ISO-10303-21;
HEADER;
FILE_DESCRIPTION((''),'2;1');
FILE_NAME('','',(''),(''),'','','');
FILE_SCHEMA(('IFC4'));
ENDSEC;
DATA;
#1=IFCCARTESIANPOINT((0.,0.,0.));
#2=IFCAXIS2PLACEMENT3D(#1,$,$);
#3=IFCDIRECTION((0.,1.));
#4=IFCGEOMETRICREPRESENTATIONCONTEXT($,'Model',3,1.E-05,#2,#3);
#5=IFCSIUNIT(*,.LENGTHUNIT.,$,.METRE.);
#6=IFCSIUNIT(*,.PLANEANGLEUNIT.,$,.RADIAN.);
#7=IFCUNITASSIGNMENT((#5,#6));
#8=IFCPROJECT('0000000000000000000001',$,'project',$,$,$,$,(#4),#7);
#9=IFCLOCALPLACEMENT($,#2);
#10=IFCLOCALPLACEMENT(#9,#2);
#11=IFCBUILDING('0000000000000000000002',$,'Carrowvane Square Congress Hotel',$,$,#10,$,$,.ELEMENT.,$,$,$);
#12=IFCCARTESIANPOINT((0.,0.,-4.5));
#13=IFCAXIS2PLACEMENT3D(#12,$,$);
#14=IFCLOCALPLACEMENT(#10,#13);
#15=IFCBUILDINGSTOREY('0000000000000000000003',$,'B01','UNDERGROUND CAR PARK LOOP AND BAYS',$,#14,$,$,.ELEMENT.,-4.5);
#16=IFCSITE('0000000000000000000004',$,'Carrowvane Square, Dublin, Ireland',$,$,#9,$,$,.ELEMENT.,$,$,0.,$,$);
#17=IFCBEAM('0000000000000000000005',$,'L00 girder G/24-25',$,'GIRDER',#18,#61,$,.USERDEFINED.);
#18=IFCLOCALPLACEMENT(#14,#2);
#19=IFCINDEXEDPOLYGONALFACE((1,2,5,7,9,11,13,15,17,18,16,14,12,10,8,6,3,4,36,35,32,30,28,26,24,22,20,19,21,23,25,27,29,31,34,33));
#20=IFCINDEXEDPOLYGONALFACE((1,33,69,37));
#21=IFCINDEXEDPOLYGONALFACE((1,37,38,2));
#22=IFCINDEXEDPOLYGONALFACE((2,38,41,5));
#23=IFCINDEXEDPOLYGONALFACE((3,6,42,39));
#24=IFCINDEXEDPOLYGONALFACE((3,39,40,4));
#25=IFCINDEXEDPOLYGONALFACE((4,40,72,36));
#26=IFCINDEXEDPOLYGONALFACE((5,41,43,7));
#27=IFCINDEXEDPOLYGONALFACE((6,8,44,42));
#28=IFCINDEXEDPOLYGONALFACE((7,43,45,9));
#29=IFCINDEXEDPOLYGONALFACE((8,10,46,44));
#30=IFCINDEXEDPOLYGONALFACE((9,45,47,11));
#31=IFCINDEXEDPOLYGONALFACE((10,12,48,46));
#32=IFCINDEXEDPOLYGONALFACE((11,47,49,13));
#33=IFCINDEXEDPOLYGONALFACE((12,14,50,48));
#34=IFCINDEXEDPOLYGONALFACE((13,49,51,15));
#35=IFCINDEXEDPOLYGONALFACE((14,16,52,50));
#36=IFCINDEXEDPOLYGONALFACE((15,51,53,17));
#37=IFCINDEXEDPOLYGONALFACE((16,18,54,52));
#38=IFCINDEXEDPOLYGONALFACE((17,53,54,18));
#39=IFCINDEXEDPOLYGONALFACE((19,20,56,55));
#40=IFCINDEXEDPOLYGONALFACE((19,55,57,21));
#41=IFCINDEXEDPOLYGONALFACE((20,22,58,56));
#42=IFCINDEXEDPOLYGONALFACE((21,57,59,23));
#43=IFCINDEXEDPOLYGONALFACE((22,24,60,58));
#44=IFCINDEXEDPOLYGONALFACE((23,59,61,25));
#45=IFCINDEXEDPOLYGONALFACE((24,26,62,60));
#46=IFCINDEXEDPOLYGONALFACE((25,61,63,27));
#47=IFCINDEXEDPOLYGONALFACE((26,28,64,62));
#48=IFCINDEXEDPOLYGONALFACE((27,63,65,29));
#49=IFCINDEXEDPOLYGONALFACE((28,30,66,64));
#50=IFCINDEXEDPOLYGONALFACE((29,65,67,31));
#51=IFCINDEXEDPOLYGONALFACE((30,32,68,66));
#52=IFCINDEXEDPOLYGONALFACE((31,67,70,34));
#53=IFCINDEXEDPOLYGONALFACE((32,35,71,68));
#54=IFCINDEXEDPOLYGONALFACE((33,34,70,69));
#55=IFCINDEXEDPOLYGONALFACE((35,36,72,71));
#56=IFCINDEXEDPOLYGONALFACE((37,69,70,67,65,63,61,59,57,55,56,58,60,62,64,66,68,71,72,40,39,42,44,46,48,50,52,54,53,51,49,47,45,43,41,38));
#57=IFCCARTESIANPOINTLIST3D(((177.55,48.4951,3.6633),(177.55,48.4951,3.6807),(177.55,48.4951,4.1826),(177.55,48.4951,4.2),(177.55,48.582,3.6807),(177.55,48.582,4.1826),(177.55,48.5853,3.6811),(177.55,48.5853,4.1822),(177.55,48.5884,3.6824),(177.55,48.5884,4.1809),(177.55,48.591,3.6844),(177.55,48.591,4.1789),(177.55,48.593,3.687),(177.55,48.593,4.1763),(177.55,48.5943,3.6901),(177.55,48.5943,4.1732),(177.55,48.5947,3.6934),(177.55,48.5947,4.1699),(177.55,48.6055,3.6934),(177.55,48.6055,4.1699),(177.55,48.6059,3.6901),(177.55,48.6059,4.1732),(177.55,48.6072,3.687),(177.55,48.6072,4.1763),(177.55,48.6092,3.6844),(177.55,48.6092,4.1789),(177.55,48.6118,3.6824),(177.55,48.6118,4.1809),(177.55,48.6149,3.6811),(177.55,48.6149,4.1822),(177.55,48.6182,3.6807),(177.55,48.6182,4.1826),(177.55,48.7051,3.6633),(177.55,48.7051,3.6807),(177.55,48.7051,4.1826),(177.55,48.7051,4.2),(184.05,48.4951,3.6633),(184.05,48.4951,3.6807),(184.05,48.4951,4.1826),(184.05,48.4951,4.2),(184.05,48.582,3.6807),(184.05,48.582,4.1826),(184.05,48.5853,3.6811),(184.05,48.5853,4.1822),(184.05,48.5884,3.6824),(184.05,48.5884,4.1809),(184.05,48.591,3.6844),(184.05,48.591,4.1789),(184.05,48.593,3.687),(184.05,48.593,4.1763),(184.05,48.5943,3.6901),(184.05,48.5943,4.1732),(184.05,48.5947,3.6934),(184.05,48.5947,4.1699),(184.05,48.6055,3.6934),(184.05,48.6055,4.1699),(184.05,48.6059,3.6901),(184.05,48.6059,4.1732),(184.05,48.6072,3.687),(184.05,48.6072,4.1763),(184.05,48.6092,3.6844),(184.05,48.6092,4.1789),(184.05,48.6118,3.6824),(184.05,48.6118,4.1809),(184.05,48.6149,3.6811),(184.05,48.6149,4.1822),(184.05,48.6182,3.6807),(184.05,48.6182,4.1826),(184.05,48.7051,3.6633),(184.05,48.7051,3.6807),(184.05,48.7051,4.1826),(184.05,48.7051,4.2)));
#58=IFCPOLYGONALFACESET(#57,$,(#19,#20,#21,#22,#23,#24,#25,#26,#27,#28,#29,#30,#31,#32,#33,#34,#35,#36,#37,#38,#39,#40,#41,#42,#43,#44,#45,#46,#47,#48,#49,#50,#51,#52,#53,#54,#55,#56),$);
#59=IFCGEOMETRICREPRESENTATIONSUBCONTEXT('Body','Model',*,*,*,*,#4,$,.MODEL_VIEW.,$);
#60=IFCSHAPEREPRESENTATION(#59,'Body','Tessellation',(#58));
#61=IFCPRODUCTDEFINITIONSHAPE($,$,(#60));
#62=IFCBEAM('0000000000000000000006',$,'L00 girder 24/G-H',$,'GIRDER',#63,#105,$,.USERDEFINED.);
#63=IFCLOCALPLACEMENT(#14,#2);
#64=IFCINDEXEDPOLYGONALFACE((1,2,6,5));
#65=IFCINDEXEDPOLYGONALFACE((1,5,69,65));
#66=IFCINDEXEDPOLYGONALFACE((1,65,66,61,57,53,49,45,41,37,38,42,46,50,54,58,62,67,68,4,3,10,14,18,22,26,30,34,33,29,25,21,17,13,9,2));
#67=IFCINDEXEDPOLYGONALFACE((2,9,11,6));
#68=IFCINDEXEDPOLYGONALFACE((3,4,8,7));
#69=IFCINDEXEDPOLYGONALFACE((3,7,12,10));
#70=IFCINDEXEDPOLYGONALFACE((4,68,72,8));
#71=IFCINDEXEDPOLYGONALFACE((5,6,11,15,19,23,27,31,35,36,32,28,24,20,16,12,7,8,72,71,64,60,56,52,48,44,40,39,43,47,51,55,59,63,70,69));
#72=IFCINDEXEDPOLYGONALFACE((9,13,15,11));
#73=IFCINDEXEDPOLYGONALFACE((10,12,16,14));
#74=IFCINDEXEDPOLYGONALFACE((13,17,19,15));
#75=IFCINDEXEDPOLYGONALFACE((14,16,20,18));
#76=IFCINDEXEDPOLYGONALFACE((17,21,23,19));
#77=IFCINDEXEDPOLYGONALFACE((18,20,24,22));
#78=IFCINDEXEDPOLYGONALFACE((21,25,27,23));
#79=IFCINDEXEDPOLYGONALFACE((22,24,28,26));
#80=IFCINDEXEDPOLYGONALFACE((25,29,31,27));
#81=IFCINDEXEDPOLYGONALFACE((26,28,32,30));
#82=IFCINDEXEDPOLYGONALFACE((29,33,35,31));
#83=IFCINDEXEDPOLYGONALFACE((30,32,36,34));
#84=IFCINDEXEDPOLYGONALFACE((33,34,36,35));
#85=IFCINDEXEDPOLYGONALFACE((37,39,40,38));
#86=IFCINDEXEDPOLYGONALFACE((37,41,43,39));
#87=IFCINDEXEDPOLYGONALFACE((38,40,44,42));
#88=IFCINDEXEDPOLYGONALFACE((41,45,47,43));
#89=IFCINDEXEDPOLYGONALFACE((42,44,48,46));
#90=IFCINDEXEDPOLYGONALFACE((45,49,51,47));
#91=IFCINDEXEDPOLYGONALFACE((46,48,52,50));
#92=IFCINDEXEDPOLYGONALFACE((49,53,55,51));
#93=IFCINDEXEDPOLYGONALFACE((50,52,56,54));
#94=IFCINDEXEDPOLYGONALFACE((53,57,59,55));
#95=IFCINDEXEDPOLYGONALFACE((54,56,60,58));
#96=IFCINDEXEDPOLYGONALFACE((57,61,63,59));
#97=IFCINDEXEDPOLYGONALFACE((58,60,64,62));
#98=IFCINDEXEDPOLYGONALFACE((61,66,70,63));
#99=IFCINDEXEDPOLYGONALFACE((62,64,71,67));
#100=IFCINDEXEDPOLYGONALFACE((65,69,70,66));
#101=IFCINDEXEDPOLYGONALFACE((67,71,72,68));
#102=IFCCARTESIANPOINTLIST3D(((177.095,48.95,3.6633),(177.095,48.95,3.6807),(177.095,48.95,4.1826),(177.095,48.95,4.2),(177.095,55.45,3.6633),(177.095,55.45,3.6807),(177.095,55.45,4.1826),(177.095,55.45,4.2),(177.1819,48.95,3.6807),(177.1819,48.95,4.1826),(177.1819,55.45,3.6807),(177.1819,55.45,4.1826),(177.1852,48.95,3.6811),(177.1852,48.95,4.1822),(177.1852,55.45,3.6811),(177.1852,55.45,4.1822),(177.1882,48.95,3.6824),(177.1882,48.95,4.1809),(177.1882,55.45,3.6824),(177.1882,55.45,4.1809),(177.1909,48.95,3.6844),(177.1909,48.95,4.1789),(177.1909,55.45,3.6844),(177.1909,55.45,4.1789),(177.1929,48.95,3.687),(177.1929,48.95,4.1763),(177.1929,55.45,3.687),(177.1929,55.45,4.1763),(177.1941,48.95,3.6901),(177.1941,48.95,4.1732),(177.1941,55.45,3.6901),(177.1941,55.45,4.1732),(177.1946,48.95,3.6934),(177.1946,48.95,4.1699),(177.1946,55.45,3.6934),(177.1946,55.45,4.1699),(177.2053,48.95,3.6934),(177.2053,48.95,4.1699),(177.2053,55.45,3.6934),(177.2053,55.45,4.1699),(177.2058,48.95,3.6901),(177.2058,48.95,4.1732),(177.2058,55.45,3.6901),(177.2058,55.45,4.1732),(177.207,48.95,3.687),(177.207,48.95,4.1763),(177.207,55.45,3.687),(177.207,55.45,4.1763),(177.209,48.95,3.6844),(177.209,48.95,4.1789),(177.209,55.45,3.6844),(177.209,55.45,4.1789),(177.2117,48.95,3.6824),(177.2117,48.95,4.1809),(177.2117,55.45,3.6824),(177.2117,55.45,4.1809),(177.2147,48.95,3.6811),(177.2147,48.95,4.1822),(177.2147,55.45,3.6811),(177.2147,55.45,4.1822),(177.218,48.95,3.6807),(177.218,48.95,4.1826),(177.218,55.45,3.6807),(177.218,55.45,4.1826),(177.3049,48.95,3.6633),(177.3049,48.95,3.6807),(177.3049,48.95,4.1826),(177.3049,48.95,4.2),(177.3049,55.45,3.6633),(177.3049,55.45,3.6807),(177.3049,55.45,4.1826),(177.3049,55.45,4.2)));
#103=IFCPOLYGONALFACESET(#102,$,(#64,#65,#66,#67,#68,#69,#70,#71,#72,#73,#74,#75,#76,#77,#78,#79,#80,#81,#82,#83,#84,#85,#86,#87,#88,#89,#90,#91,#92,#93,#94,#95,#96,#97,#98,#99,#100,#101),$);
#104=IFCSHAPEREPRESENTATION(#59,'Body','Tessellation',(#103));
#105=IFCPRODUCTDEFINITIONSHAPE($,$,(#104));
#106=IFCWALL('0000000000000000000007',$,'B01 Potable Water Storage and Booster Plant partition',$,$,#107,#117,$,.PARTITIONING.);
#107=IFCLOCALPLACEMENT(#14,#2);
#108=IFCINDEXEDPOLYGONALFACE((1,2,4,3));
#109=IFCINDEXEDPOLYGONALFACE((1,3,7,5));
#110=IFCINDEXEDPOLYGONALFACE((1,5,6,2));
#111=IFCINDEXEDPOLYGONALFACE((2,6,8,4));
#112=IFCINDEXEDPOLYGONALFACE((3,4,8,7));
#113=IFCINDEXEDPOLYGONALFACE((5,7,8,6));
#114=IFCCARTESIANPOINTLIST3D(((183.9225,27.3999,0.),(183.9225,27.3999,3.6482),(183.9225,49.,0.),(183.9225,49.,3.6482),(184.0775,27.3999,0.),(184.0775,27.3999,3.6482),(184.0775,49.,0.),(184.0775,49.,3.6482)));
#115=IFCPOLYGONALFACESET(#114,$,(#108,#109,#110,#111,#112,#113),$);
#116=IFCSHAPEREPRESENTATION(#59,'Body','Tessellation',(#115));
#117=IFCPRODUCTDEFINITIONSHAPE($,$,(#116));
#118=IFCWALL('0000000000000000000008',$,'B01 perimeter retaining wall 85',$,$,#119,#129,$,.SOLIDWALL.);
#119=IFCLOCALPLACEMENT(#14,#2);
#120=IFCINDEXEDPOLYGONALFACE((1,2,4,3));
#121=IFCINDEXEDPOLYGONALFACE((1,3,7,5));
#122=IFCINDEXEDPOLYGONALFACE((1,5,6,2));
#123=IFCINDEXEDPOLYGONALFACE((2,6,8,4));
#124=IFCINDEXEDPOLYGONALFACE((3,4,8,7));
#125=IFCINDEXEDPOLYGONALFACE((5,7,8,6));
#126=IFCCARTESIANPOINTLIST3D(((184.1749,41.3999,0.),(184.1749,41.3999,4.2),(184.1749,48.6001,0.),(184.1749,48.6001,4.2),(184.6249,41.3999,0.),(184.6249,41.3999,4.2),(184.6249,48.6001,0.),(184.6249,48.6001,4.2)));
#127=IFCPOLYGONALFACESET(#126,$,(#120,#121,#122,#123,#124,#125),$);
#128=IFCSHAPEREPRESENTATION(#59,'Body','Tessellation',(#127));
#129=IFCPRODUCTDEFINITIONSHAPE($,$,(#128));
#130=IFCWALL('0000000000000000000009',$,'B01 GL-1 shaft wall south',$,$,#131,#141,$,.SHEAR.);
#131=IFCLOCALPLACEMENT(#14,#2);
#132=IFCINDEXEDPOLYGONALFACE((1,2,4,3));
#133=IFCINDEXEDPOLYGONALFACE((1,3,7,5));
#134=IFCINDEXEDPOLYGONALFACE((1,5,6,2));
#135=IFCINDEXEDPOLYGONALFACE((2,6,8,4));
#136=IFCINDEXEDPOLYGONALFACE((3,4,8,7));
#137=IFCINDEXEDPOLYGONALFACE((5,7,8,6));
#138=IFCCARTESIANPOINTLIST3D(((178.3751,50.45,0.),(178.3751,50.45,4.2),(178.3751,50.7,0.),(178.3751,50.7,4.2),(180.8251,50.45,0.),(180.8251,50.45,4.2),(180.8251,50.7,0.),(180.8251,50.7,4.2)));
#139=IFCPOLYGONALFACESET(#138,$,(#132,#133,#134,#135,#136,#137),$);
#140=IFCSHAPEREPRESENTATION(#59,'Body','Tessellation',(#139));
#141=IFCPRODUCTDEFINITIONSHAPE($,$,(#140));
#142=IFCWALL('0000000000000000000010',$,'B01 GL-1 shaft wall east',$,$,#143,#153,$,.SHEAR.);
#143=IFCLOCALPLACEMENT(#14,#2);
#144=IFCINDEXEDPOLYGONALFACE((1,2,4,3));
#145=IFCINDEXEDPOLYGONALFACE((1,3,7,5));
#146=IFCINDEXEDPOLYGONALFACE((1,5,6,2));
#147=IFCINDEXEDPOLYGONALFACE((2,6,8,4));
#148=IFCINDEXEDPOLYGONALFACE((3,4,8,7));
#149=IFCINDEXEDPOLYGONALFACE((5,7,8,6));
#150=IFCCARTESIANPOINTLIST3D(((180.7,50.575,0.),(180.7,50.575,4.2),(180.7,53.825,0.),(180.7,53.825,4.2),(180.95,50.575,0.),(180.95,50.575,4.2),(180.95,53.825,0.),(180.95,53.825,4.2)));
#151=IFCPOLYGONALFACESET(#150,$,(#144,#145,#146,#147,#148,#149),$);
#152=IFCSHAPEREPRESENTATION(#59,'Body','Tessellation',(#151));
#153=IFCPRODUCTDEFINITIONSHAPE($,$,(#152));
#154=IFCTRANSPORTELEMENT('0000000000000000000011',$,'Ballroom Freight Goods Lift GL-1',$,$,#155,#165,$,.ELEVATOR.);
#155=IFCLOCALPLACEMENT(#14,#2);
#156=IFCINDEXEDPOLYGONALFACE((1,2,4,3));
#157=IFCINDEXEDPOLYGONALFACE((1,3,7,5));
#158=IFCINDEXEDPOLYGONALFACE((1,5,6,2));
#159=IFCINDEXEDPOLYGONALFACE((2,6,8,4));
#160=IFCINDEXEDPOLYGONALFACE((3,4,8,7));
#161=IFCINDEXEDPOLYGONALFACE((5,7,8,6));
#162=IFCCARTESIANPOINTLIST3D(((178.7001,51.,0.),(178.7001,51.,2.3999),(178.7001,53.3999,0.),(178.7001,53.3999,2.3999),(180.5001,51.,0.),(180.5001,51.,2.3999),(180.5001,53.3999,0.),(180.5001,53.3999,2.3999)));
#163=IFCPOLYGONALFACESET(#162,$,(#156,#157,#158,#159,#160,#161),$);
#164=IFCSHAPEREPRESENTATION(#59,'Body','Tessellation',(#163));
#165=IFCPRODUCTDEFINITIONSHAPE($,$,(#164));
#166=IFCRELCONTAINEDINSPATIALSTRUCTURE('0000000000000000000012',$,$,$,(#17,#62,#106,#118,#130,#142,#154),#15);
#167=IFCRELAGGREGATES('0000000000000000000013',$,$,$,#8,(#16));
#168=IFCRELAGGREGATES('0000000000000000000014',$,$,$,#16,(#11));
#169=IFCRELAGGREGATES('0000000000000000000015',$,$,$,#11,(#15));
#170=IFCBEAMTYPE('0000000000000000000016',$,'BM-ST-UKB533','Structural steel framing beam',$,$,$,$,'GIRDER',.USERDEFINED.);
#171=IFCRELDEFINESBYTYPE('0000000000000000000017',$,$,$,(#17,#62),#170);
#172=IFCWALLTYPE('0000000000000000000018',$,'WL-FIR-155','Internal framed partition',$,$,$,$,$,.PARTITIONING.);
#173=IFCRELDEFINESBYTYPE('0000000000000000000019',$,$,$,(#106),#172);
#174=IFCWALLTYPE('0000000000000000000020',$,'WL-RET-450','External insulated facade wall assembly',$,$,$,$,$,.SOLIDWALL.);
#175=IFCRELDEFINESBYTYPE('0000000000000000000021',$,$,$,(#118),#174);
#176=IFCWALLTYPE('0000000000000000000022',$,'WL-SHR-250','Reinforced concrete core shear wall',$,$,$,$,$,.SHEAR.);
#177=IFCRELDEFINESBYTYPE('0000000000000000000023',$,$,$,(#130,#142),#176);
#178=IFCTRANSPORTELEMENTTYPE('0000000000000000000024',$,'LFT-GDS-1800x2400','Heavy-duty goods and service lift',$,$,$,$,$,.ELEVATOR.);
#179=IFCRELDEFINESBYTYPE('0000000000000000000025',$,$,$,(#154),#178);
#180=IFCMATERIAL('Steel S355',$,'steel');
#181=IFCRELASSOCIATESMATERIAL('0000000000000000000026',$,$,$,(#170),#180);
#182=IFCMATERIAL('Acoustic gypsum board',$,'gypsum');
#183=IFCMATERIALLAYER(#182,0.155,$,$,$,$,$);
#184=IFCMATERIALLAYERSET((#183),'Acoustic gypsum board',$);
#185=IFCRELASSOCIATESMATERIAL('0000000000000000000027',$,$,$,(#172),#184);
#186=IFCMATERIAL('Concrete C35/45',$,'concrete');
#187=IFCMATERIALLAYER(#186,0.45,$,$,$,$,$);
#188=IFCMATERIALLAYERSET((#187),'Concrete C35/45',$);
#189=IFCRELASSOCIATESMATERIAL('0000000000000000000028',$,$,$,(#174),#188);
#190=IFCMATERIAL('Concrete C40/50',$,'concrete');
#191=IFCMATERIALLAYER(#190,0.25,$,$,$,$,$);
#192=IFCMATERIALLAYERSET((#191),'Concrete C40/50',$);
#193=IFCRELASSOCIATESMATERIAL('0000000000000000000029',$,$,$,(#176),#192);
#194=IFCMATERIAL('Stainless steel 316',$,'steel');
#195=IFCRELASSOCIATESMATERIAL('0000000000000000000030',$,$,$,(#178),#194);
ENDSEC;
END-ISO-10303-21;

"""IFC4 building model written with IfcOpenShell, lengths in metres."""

from ifc_helpers import new_model, si_unit, direction, frame, frame_2d, origin, origin_2d, place, context, subcontext, project, spatial, rectangle, i_section, extrude, material, layer, layer_set, material_profile, profile_set, type_object, element, save


model = new_model("IFC4")

# Units and contexts
model_context = context("Model", 3, precision=1e-05, world=origin(), true_north=direction((0.0, 1.0)))
body_context = subcontext(model_context, "Body", "Model", "MODEL_VIEW")
ifc_project = project(units=[si_unit("LENGTHUNIT", "METRE"), si_unit("PLANEANGLEUNIT", "RADIAN")], contexts=[model_context])

# Site, building, storey
site_placement = place(None, origin())
site = spatial("IfcSite", under=ifc_project, at=site_placement, Name="Carrowvane Square, Dublin, Ireland", CompositionType="ELEMENT", RefElevation=0.0)
building_placement = place(site_placement, origin())
building = spatial("IfcBuilding", under=site, at=building_placement, Name="Carrowvane Square Congress Hotel", CompositionType="ELEMENT")
storey_placement = place(building_placement, frame((0.0, 0.0, -4.5)))
storey = spatial("IfcBuildingStorey", under=building, at=storey_placement, Name="B01", Description="UNDERGROUND CAR PARK LOOP AND BAYS", CompositionType="ELEMENT", Elevation=-4.5)

# Beams
ifc_material_1 = material(Name="Steel S355", Category="steel")
ifc_material_profile_1 = material_profile(ifc_material_1, i_section(OverallWidth=0.21, OverallDepth=0.5366, WebThickness=0.0107, FlangeThickness=0.0173, FilletRadius=0.0127, at=origin_2d()), Name="UKB 533x210x101")
ifc_profile_set_1 = profile_set([ifc_material_profile_1], Name="Steel S355")
beam_type_1 = type_object("IfcBeamType", Name="BM-ST-UKB533", Description="Structural steel framing beam", ElementType="GIRDER", PredefinedType="USERDEFINED", material=ifc_profile_set_1)
for number, where, z_axis, x_axis, name in (
    (1, (177.55, 48.6001, 3.9316), (1.0, 0.0, 0.0), (0.0, 1.0, 0.0), "L00 girder G/24-25"),
    (2, (177.2, 48.95, 3.9316), (0.0, 1.0, 0.0), (-1.0, 0.0, 0.0), "L00 girder 24/G-H"),
):
    element("IfcBeam", number, at=place(storey_placement, frame(where, z_axis=z_axis, x_axis=x_axis)), inside=storey, type_object=beam_type_1, Name=name, ObjectType="GIRDER", PredefinedType="USERDEFINED", context=body_context, shape_type="SweptSolid", body=[
        extrude(i_section(OverallWidth=0.21, OverallDepth=0.5366, WebThickness=0.0107, FlangeThickness=0.0173, FilletRadius=0.0127, at=origin_2d()), origin(), (0.0, 0.0, 1.0), 6.5),
    ])

# Walls
ifc_material_2 = material(Name="Acoustic gypsum board", Category="gypsum")
ifc_layer_1 = layer(ifc_material_2, 0.155)
ifc_layer_set_1 = layer_set([ifc_layer_1], Name="Acoustic gypsum board")
wall_type_1 = type_object("IfcWallType", Name="WL-FIR-155", Description="Internal framed partition", PredefinedType="PARTITIONING", material=ifc_layer_set_1)
wall_1_placement = place(storey_placement, frame((184.0, 49.0, 0.0), z_axis=(0.0, 0.0, 1.0), x_axis=(0.0, -1.0, 0.0)))
element("IfcWall", 3, at=wall_1_placement, inside=storey, type_object=wall_type_1, Name="B01 Potable Water Storage and Booster Plant partition", PredefinedType="PARTITIONING", context=body_context, shape_type="SweptSolid", body=[
    extrude(rectangle(XDim=21.6001, YDim=0.155, at=frame_2d((10.8, 0.0))), origin(), (0.0, 0.0, 1.0), 3.6482),
])
ifc_material_3 = material(Name="Concrete C35/45", Category="concrete")
ifc_layer_2 = layer(ifc_material_3, 0.45)
ifc_layer_set_2 = layer_set([ifc_layer_2], Name="Concrete C35/45")
wall_type_2 = type_object("IfcWallType", Name="WL-RET-450", Description="External insulated facade wall assembly", PredefinedType="SOLIDWALL", material=ifc_layer_set_2)
wall_2_placement = place(storey_placement, frame((184.3999, 48.6001, 0.0), z_axis=(0.0, 0.0, 1.0), x_axis=(0.0, -1.0, 0.0)))
element("IfcWall", 4, at=wall_2_placement, inside=storey, type_object=wall_type_2, Name="B01 perimeter retaining wall 85", PredefinedType="SOLIDWALL", context=body_context, shape_type="SweptSolid", body=[
    extrude(rectangle(XDim=7.2002, YDim=0.45, at=frame_2d((3.6001, 0.0))), origin(), (0.0, 0.0, 1.0), 4.2),
])
ifc_material_4 = material(Name="Concrete C40/50", Category="concrete")
ifc_layer_3 = layer(ifc_material_4, 0.25)
ifc_layer_set_3 = layer_set([ifc_layer_3], Name="Concrete C40/50")
wall_type_3 = type_object("IfcWallType", Name="WL-SHR-250", Description="Reinforced concrete core shear wall", PredefinedType="SHEAR", material=ifc_layer_set_3)
wall_3_placement = place(storey_placement, frame((178.375, 50.575, 0.0), z_axis=(0.0, 0.0, 1.0), x_axis=(1.0, 0.0, 0.0)))
element("IfcWall", 5, at=wall_3_placement, inside=storey, type_object=wall_type_3, Name="B01 GL-1 shaft wall south", PredefinedType="SHEAR", context=body_context, shape_type="SweptSolid", body=[
    extrude(rectangle(XDim=2.45, YDim=0.25, at=frame_2d((1.2251, 0.0))), origin(), (0.0, 0.0, 1.0), 4.2),
])
wall_4_placement = place(storey_placement, frame((180.825, 50.575, 0.0), z_axis=(0.0, 0.0, 1.0), x_axis=(0.0, 1.0, 0.0)))
element("IfcWall", 6, at=wall_4_placement, inside=storey, type_object=wall_type_3, Name="B01 GL-1 shaft wall east", PredefinedType="SHEAR", context=body_context, shape_type="SweptSolid", body=[
    extrude(rectangle(XDim=3.25, YDim=0.25, at=frame_2d((1.625, 0.0))), origin(), (0.0, 0.0, 1.0), 4.2),
])

# Transport element
ifc_material_5 = material(Name="Stainless steel 316", Category="steel")
transport_element_type = type_object("IfcTransportElementType", Name="LFT-GDS-1800x2400", Description="Heavy-duty goods and service lift", PredefinedType="ELEVATOR", material=ifc_material_5)
transport_element_placement = place(storey_placement, frame((179.6001, 52.2, 0.0), z_axis=(0.0, 0.0, 1.0), x_axis=(1.0, 0.0, 0.0)))
element("IfcTransportElement", 7, at=transport_element_placement, inside=storey, type_object=transport_element_type, Name="Ballroom Freight Goods Lift GL-1", PredefinedType="ELEVATOR", context=body_context, shape_type="SweptSolid", body=[
    extrude(rectangle(XDim=1.8, YDim=2.3999, at=origin_2d()), origin(), (0.0, 0.0, 1.0), 2.3999),
])

save(model, "model.ifc")
